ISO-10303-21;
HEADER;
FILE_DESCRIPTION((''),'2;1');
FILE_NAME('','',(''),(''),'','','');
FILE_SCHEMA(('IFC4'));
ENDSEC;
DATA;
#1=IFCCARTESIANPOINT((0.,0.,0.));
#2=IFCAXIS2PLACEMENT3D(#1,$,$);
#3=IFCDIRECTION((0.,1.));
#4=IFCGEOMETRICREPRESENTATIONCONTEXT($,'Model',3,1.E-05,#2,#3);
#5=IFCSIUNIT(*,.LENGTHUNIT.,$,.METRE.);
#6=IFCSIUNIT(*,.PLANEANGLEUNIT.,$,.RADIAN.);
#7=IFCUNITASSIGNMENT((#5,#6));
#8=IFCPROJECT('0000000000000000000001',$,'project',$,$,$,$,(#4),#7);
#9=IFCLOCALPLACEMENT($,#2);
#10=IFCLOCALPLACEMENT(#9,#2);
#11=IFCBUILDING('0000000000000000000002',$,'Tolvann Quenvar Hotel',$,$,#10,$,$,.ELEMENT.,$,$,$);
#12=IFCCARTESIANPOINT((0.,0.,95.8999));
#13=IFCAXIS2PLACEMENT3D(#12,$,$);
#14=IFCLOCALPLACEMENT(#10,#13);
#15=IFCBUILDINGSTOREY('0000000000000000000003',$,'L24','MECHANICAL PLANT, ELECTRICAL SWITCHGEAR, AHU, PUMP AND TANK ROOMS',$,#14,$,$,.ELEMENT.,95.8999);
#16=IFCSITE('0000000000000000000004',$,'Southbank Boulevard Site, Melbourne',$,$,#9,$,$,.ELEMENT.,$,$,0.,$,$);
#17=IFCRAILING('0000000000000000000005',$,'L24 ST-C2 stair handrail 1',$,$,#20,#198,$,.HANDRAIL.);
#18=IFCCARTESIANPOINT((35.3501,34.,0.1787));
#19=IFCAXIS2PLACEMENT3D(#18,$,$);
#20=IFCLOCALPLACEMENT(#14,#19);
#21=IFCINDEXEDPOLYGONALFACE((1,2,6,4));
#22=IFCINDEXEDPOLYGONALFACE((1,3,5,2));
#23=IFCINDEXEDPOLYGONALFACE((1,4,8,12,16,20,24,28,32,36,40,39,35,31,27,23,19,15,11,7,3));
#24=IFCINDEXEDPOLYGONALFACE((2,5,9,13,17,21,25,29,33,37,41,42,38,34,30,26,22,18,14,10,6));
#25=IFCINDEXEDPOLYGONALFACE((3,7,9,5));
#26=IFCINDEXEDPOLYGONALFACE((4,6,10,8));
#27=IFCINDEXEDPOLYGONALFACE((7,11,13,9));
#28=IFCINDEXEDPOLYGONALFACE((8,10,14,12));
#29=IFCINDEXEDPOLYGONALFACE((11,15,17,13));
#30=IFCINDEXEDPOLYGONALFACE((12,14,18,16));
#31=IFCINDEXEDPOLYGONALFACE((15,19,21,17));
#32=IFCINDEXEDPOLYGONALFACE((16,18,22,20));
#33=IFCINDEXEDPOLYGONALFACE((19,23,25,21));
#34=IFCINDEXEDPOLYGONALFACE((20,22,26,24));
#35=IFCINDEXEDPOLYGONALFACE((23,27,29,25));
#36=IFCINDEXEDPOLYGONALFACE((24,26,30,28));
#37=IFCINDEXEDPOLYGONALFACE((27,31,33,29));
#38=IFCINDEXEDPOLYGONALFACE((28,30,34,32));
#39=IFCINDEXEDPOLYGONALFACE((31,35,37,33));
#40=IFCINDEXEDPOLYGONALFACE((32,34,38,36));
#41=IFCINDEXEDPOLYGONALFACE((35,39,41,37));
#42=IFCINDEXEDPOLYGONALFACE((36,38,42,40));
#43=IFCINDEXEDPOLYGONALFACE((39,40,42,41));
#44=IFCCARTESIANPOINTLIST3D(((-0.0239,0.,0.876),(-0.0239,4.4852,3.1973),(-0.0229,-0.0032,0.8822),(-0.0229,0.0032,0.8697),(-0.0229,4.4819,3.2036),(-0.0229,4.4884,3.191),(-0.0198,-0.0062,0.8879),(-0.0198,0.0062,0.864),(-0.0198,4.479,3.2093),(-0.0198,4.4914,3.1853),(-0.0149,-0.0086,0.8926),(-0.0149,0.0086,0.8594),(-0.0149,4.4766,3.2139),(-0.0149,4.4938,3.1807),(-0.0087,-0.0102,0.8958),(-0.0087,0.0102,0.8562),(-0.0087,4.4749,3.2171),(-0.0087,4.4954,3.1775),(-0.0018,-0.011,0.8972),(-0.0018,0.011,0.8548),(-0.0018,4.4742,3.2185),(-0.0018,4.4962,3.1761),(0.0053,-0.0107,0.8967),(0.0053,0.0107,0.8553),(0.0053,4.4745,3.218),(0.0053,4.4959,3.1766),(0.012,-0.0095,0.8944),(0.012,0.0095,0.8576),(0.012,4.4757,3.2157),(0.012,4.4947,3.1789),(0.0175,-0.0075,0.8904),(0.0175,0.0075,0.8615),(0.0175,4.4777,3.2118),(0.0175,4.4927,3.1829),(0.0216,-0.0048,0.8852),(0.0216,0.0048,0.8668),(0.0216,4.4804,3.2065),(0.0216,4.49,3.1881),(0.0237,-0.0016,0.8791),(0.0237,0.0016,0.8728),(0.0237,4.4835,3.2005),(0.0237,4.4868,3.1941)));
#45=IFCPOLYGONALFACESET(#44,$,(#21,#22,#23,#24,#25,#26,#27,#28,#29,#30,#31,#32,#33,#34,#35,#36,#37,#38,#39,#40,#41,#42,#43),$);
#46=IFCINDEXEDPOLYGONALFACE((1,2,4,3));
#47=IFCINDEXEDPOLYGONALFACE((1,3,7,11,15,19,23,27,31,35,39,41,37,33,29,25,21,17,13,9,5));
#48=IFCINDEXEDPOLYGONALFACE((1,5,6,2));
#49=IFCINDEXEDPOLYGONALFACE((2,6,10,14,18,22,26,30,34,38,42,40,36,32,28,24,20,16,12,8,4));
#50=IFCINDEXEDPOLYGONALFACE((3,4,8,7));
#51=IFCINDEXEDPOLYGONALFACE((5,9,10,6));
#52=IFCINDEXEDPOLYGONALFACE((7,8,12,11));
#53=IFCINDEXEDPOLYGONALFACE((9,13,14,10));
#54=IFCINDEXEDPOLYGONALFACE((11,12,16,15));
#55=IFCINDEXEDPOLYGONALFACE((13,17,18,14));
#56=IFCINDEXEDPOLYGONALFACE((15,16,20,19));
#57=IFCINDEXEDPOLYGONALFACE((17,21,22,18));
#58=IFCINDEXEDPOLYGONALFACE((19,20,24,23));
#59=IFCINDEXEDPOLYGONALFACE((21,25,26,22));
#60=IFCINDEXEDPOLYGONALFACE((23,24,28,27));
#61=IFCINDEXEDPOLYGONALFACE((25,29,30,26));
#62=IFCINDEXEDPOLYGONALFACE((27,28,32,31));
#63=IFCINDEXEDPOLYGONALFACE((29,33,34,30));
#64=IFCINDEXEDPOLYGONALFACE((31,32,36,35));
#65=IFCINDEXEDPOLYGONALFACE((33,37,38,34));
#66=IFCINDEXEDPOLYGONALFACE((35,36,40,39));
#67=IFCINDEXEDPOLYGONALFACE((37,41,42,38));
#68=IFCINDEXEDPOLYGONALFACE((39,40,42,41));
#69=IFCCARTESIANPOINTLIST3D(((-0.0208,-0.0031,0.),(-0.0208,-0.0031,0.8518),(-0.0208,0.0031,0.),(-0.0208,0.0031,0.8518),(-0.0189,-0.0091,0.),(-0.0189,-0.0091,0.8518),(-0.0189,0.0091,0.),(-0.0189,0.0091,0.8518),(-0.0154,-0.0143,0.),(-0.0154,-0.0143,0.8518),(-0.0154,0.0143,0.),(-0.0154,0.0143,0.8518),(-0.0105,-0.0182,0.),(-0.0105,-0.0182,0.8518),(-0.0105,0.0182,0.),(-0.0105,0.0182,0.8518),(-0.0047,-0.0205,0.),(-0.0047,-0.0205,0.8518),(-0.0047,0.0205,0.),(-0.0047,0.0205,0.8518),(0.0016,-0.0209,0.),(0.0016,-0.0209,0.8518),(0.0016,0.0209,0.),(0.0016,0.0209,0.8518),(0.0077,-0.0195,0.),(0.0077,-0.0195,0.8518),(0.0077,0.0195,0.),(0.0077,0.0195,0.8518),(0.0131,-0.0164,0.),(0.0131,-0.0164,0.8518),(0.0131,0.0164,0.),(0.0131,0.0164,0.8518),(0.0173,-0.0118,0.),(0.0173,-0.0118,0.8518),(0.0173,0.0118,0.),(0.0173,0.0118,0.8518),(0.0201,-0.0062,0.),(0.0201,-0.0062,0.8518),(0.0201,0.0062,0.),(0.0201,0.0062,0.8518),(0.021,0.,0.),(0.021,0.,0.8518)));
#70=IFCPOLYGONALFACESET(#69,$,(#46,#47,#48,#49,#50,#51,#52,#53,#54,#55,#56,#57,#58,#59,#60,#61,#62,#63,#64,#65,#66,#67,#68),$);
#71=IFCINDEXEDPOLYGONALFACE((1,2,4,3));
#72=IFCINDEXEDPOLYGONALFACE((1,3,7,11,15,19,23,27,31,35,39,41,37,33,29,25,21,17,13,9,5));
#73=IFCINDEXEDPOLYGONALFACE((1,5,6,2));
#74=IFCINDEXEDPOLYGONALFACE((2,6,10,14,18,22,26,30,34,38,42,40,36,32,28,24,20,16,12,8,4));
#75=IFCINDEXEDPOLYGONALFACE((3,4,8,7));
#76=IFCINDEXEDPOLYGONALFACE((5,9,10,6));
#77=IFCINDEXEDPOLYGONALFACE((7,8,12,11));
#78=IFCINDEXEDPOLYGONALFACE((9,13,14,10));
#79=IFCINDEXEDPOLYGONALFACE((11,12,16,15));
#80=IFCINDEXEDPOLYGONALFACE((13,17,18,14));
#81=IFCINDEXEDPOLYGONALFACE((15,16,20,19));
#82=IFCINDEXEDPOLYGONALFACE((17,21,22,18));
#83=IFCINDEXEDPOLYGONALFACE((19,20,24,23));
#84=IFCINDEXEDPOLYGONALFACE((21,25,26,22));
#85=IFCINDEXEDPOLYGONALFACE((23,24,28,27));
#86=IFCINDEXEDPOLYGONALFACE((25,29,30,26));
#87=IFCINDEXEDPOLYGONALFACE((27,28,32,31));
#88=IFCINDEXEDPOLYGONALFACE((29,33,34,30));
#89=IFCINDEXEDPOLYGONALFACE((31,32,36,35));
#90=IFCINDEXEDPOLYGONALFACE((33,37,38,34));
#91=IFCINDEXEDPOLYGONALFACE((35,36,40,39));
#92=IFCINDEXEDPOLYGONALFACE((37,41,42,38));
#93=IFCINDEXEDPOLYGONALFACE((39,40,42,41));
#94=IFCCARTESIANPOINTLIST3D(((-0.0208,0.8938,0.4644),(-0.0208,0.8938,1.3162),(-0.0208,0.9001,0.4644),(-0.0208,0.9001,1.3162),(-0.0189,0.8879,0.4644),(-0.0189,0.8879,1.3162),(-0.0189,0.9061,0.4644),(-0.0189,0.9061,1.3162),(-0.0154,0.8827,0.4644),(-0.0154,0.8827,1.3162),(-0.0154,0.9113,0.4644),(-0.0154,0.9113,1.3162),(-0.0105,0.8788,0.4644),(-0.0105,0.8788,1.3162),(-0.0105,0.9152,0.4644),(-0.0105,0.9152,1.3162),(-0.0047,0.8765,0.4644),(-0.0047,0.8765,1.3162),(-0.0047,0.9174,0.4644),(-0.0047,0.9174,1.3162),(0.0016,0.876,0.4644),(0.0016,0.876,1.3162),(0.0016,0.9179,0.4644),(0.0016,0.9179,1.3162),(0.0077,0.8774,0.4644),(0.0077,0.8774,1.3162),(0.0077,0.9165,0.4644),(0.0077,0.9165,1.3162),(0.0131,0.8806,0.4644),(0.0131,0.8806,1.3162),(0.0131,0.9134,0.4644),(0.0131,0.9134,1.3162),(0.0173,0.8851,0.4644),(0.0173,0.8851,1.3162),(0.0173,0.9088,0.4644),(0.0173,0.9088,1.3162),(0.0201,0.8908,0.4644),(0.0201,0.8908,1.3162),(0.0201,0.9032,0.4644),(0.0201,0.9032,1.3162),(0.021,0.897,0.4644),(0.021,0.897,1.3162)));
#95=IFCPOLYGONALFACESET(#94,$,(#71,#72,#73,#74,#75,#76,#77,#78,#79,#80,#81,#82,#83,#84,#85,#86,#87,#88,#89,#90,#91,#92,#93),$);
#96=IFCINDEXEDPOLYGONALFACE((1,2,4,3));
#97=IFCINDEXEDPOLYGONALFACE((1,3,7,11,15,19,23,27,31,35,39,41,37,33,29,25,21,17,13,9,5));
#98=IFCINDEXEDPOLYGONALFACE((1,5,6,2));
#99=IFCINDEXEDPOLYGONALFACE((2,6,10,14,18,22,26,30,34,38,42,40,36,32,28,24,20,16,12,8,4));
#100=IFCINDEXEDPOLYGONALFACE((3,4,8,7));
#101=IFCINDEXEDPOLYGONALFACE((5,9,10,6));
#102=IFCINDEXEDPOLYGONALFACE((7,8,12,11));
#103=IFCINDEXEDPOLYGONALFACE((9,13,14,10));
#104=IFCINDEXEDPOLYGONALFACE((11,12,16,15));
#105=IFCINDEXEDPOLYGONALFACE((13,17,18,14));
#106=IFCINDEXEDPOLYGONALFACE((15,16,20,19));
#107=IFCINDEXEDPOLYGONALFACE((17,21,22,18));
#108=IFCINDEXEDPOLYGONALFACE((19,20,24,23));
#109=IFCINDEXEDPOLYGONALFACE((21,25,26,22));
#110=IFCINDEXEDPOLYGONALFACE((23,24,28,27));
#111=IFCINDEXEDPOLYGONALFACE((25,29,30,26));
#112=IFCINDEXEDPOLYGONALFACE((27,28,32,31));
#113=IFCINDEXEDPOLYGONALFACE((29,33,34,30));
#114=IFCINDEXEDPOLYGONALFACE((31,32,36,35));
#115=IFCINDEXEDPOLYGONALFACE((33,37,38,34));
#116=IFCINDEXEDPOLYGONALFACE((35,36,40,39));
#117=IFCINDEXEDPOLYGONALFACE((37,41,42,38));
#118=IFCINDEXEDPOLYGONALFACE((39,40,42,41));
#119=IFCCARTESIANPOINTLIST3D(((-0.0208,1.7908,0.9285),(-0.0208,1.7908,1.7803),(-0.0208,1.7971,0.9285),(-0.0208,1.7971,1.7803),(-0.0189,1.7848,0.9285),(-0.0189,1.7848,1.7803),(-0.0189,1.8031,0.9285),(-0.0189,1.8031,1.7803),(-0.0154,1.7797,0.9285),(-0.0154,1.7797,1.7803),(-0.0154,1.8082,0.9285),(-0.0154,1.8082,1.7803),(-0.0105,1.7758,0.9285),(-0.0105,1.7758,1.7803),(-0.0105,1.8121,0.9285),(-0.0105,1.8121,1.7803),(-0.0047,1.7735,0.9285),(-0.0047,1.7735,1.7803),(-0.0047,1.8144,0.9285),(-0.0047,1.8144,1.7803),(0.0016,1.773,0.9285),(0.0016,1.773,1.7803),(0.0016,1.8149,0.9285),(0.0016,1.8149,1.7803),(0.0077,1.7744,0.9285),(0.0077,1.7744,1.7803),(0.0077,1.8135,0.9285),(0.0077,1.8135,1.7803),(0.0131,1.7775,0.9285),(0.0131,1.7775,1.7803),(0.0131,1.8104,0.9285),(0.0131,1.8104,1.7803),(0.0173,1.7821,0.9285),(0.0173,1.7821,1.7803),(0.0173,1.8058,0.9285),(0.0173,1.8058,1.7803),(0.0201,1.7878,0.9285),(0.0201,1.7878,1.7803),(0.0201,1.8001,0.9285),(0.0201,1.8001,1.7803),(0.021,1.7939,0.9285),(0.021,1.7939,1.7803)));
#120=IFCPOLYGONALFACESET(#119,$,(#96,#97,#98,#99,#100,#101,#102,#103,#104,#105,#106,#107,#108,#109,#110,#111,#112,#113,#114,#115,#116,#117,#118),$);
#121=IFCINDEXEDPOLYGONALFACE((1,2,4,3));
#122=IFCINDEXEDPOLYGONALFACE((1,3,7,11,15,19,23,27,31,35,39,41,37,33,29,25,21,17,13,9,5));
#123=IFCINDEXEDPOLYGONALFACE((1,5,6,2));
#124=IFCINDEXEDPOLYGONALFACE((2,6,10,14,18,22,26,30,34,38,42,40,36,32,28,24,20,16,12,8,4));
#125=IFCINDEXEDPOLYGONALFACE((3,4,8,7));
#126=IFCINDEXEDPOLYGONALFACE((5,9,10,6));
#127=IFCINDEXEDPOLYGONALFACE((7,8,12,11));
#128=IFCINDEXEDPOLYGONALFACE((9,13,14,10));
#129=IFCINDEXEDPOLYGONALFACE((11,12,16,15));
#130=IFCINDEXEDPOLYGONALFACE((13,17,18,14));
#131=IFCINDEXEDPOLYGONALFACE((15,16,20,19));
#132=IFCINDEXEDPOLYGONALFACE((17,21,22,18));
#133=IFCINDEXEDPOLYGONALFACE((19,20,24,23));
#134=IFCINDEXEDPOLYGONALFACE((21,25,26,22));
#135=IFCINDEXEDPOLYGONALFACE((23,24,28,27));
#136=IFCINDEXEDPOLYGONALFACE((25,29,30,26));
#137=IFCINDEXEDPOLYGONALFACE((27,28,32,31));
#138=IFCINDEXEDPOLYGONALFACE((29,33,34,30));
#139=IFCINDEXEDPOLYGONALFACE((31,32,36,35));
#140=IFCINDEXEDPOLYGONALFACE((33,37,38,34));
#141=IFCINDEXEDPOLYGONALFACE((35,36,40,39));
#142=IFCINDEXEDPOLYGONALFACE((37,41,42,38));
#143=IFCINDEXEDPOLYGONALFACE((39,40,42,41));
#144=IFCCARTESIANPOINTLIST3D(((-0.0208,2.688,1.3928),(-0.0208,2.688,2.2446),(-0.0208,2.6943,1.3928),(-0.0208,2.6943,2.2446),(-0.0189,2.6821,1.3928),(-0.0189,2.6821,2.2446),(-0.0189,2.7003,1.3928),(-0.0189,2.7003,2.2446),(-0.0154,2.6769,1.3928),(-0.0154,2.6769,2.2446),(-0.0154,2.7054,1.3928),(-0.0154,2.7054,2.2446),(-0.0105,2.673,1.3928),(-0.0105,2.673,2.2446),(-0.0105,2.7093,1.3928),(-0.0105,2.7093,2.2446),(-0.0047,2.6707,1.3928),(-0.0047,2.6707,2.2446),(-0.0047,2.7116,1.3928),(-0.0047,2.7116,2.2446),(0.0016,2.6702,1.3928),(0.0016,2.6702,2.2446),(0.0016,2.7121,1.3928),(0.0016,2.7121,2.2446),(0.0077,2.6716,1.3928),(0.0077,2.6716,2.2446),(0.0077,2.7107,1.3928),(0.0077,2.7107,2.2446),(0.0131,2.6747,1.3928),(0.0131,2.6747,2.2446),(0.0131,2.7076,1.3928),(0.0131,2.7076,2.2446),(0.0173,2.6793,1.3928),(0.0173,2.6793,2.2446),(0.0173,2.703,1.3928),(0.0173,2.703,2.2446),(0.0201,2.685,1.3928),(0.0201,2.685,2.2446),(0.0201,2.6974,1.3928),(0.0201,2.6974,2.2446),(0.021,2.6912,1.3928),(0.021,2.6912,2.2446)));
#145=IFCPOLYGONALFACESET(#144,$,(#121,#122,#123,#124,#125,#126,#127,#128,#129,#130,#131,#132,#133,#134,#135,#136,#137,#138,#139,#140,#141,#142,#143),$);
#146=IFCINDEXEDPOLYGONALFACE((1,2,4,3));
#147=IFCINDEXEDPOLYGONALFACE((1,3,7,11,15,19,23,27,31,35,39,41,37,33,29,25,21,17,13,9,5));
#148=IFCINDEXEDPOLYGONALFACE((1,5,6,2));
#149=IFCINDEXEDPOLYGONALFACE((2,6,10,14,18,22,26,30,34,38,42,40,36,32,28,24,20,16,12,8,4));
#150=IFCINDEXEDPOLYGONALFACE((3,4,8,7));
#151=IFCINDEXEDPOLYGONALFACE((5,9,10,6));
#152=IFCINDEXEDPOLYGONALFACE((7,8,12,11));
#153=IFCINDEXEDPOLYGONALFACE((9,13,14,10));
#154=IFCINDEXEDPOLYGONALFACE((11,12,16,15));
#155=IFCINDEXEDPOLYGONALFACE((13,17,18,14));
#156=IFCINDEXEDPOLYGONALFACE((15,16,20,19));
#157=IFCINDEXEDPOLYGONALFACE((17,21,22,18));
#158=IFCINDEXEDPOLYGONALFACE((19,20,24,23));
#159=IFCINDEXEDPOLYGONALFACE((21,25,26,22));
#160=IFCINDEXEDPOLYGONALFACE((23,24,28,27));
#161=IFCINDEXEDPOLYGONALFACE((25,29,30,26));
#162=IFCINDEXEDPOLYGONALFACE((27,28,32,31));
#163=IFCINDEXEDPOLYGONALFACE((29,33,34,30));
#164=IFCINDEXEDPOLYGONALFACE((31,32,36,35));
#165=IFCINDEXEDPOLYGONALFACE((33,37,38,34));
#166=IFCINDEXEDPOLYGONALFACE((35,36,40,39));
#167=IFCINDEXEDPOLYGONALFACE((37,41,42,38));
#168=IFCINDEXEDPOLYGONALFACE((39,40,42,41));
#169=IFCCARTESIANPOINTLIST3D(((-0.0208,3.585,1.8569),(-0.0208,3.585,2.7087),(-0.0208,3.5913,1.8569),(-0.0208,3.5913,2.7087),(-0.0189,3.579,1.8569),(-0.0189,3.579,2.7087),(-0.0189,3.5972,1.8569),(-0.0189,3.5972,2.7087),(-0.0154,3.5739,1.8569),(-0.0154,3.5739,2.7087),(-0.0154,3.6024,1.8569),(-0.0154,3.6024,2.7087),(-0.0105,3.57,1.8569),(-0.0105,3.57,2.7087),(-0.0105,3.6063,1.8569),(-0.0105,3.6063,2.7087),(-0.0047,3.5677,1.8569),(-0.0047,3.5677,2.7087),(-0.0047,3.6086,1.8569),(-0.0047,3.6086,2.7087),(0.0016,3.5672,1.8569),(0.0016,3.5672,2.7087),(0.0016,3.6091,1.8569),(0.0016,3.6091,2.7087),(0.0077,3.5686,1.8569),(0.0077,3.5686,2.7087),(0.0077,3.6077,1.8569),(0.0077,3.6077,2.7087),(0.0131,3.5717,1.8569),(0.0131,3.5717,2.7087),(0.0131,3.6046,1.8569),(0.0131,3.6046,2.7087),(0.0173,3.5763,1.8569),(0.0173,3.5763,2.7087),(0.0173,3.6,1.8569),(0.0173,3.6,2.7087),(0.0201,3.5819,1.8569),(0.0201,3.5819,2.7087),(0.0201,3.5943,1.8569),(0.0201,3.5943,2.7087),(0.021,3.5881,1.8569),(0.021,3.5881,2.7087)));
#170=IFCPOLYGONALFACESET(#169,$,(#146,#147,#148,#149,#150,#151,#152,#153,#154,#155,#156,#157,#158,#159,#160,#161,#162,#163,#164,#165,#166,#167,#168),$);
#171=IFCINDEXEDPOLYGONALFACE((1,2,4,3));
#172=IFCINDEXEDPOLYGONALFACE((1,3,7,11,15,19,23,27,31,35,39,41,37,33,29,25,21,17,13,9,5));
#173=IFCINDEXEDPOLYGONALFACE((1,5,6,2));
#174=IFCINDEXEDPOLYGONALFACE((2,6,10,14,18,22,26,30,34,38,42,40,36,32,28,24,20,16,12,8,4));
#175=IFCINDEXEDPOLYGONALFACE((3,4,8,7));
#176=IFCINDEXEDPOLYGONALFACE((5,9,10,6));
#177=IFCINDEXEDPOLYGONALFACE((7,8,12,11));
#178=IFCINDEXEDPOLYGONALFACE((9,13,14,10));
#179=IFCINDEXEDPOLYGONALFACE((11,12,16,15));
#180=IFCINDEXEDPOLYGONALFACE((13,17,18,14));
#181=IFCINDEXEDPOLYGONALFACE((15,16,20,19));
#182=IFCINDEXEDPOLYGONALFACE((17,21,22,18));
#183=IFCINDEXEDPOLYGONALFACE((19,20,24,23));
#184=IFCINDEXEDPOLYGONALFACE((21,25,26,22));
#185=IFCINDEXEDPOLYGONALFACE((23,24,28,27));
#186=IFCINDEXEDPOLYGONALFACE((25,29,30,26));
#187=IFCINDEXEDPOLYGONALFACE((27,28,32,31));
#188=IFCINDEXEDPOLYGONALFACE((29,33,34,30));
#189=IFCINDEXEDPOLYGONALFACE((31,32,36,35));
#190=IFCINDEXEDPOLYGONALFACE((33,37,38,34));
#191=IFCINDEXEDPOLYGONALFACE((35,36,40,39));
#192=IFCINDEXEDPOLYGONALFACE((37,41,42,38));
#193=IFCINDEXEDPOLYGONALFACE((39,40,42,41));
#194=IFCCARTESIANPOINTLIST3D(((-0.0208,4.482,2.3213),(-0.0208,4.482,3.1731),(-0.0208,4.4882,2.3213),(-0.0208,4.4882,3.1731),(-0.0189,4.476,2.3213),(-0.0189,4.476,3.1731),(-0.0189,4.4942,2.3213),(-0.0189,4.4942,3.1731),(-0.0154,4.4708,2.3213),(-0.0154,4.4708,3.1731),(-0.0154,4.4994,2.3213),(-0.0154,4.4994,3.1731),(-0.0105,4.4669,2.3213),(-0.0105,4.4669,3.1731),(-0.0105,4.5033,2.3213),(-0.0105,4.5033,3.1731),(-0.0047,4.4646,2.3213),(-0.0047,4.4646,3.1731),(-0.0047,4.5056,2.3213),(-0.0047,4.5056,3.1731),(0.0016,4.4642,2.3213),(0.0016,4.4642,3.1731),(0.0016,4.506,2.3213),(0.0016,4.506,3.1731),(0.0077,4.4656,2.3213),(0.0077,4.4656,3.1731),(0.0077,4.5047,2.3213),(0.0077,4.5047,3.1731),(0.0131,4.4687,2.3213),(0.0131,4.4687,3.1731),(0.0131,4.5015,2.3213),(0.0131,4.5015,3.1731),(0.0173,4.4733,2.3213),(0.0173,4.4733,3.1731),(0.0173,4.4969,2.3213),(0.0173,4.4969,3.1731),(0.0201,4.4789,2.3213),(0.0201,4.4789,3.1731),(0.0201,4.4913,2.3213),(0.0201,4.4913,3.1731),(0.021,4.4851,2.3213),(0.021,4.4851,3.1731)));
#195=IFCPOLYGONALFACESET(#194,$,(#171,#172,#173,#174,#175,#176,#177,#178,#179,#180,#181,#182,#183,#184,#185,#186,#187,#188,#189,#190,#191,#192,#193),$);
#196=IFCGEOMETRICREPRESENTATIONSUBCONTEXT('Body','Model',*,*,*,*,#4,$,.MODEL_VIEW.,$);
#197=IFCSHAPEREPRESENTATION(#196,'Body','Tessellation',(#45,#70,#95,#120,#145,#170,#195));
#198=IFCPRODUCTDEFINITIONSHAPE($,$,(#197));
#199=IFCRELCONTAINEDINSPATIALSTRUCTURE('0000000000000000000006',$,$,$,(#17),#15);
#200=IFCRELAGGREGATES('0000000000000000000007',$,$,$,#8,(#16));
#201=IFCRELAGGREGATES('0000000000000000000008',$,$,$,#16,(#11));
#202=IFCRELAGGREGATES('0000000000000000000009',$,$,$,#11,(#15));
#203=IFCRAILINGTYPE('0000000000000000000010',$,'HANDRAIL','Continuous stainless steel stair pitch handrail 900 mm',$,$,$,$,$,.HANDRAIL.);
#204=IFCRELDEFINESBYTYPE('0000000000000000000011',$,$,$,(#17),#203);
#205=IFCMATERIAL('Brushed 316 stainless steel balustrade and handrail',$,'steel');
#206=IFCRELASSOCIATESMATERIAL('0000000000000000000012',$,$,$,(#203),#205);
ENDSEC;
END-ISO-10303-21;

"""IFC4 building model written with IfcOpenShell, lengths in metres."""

from ifc_helpers import new_model, si_unit, direction, frame, origin, origin_2d, place, context, subcontext, project, spatial, circle, extrude, material, type_object, element, save


model = new_model("IFC4")

# Units and contexts
model_context = context("Model", 3, precision=1e-05, world=origin(), true_north=direction((0.0, 1.0)))
body_context = subcontext(model_context, "Body", "Model", "MODEL_VIEW")
ifc_project = project(units=[si_unit("LENGTHUNIT", "METRE"), si_unit("PLANEANGLEUNIT", "RADIAN")], contexts=[model_context])

# Site, building, storey
site_placement = place(None, origin())
site = spatial("IfcSite", under=ifc_project, at=site_placement, Name="Southbank Boulevard Site, Melbourne", CompositionType="ELEMENT", RefElevation=0.0)
building_placement = place(site_placement, origin())
building = spatial("IfcBuilding", under=site, at=building_placement, Name="Tolvann Quenvar Hotel", CompositionType="ELEMENT")
storey_placement = place(building_placement, frame((0.0, 0.0, 95.8999)))
storey = spatial("IfcBuildingStorey", under=building, at=storey_placement, Name="L24", Description="MECHANICAL PLANT, ELECTRICAL SWITCHGEAR, AHU, PUMP AND TANK ROOMS", CompositionType="ELEMENT", Elevation=95.8999)

# Railing
ifc_material_1 = material(Name="Brushed 316 stainless steel balustrade and handrail", Category="steel")
railing_type_1 = type_object("IfcRailingType", Name="HANDRAIL", Description="Continuous stainless steel stair pitch handrail 900 mm", PredefinedType="HANDRAIL", material=ifc_material_1)
railing_1_placement = place(storey_placement, frame((35.3501, 34.0, 0.1787)))
element("IfcRailing", 1, at=railing_1_placement, inside=storey, type_object=railing_type_1, Name="L24 ST-C2 stair handrail 1", PredefinedType="HANDRAIL", context=body_context, shape_type="SweptSolid", body=[
    extrude(circle(Radius=0.0239, at=origin_2d()), frame((0.0, 0.0, 0.876), z_axis=(0.0, 0.888104, 0.459643), x_axis=(-1.0, 0.0, 0.0)), (0.0, 0.0, 1.0), 5.0503),
    extrude(circle(Radius=0.021, at=origin_2d()), origin(), (0.0, 0.0, 1.0), 0.8518),
    extrude(circle(Radius=0.021, at=origin_2d()), frame((0.0, 0.897, 0.4644)), (0.0, 0.0, 1.0), 0.8518),
    extrude(circle(Radius=0.021, at=origin_2d()), frame((0.0, 1.7939, 0.9285)), (0.0, 0.0, 1.0), 0.8518),
    extrude(circle(Radius=0.021, at=origin_2d()), frame((0.0, 2.6912, 1.3928)), (0.0, 0.0, 1.0), 0.8518),
    extrude(circle(Radius=0.021, at=origin_2d()), frame((0.0, 3.5881, 1.8569)), (0.0, 0.0, 1.0), 0.8518),
    extrude(circle(Radius=0.021, at=origin_2d()), frame((0.0, 4.4851, 2.3213)), (0.0, 0.0, 1.0), 0.8518),
])

save(model, "model.ifc")
